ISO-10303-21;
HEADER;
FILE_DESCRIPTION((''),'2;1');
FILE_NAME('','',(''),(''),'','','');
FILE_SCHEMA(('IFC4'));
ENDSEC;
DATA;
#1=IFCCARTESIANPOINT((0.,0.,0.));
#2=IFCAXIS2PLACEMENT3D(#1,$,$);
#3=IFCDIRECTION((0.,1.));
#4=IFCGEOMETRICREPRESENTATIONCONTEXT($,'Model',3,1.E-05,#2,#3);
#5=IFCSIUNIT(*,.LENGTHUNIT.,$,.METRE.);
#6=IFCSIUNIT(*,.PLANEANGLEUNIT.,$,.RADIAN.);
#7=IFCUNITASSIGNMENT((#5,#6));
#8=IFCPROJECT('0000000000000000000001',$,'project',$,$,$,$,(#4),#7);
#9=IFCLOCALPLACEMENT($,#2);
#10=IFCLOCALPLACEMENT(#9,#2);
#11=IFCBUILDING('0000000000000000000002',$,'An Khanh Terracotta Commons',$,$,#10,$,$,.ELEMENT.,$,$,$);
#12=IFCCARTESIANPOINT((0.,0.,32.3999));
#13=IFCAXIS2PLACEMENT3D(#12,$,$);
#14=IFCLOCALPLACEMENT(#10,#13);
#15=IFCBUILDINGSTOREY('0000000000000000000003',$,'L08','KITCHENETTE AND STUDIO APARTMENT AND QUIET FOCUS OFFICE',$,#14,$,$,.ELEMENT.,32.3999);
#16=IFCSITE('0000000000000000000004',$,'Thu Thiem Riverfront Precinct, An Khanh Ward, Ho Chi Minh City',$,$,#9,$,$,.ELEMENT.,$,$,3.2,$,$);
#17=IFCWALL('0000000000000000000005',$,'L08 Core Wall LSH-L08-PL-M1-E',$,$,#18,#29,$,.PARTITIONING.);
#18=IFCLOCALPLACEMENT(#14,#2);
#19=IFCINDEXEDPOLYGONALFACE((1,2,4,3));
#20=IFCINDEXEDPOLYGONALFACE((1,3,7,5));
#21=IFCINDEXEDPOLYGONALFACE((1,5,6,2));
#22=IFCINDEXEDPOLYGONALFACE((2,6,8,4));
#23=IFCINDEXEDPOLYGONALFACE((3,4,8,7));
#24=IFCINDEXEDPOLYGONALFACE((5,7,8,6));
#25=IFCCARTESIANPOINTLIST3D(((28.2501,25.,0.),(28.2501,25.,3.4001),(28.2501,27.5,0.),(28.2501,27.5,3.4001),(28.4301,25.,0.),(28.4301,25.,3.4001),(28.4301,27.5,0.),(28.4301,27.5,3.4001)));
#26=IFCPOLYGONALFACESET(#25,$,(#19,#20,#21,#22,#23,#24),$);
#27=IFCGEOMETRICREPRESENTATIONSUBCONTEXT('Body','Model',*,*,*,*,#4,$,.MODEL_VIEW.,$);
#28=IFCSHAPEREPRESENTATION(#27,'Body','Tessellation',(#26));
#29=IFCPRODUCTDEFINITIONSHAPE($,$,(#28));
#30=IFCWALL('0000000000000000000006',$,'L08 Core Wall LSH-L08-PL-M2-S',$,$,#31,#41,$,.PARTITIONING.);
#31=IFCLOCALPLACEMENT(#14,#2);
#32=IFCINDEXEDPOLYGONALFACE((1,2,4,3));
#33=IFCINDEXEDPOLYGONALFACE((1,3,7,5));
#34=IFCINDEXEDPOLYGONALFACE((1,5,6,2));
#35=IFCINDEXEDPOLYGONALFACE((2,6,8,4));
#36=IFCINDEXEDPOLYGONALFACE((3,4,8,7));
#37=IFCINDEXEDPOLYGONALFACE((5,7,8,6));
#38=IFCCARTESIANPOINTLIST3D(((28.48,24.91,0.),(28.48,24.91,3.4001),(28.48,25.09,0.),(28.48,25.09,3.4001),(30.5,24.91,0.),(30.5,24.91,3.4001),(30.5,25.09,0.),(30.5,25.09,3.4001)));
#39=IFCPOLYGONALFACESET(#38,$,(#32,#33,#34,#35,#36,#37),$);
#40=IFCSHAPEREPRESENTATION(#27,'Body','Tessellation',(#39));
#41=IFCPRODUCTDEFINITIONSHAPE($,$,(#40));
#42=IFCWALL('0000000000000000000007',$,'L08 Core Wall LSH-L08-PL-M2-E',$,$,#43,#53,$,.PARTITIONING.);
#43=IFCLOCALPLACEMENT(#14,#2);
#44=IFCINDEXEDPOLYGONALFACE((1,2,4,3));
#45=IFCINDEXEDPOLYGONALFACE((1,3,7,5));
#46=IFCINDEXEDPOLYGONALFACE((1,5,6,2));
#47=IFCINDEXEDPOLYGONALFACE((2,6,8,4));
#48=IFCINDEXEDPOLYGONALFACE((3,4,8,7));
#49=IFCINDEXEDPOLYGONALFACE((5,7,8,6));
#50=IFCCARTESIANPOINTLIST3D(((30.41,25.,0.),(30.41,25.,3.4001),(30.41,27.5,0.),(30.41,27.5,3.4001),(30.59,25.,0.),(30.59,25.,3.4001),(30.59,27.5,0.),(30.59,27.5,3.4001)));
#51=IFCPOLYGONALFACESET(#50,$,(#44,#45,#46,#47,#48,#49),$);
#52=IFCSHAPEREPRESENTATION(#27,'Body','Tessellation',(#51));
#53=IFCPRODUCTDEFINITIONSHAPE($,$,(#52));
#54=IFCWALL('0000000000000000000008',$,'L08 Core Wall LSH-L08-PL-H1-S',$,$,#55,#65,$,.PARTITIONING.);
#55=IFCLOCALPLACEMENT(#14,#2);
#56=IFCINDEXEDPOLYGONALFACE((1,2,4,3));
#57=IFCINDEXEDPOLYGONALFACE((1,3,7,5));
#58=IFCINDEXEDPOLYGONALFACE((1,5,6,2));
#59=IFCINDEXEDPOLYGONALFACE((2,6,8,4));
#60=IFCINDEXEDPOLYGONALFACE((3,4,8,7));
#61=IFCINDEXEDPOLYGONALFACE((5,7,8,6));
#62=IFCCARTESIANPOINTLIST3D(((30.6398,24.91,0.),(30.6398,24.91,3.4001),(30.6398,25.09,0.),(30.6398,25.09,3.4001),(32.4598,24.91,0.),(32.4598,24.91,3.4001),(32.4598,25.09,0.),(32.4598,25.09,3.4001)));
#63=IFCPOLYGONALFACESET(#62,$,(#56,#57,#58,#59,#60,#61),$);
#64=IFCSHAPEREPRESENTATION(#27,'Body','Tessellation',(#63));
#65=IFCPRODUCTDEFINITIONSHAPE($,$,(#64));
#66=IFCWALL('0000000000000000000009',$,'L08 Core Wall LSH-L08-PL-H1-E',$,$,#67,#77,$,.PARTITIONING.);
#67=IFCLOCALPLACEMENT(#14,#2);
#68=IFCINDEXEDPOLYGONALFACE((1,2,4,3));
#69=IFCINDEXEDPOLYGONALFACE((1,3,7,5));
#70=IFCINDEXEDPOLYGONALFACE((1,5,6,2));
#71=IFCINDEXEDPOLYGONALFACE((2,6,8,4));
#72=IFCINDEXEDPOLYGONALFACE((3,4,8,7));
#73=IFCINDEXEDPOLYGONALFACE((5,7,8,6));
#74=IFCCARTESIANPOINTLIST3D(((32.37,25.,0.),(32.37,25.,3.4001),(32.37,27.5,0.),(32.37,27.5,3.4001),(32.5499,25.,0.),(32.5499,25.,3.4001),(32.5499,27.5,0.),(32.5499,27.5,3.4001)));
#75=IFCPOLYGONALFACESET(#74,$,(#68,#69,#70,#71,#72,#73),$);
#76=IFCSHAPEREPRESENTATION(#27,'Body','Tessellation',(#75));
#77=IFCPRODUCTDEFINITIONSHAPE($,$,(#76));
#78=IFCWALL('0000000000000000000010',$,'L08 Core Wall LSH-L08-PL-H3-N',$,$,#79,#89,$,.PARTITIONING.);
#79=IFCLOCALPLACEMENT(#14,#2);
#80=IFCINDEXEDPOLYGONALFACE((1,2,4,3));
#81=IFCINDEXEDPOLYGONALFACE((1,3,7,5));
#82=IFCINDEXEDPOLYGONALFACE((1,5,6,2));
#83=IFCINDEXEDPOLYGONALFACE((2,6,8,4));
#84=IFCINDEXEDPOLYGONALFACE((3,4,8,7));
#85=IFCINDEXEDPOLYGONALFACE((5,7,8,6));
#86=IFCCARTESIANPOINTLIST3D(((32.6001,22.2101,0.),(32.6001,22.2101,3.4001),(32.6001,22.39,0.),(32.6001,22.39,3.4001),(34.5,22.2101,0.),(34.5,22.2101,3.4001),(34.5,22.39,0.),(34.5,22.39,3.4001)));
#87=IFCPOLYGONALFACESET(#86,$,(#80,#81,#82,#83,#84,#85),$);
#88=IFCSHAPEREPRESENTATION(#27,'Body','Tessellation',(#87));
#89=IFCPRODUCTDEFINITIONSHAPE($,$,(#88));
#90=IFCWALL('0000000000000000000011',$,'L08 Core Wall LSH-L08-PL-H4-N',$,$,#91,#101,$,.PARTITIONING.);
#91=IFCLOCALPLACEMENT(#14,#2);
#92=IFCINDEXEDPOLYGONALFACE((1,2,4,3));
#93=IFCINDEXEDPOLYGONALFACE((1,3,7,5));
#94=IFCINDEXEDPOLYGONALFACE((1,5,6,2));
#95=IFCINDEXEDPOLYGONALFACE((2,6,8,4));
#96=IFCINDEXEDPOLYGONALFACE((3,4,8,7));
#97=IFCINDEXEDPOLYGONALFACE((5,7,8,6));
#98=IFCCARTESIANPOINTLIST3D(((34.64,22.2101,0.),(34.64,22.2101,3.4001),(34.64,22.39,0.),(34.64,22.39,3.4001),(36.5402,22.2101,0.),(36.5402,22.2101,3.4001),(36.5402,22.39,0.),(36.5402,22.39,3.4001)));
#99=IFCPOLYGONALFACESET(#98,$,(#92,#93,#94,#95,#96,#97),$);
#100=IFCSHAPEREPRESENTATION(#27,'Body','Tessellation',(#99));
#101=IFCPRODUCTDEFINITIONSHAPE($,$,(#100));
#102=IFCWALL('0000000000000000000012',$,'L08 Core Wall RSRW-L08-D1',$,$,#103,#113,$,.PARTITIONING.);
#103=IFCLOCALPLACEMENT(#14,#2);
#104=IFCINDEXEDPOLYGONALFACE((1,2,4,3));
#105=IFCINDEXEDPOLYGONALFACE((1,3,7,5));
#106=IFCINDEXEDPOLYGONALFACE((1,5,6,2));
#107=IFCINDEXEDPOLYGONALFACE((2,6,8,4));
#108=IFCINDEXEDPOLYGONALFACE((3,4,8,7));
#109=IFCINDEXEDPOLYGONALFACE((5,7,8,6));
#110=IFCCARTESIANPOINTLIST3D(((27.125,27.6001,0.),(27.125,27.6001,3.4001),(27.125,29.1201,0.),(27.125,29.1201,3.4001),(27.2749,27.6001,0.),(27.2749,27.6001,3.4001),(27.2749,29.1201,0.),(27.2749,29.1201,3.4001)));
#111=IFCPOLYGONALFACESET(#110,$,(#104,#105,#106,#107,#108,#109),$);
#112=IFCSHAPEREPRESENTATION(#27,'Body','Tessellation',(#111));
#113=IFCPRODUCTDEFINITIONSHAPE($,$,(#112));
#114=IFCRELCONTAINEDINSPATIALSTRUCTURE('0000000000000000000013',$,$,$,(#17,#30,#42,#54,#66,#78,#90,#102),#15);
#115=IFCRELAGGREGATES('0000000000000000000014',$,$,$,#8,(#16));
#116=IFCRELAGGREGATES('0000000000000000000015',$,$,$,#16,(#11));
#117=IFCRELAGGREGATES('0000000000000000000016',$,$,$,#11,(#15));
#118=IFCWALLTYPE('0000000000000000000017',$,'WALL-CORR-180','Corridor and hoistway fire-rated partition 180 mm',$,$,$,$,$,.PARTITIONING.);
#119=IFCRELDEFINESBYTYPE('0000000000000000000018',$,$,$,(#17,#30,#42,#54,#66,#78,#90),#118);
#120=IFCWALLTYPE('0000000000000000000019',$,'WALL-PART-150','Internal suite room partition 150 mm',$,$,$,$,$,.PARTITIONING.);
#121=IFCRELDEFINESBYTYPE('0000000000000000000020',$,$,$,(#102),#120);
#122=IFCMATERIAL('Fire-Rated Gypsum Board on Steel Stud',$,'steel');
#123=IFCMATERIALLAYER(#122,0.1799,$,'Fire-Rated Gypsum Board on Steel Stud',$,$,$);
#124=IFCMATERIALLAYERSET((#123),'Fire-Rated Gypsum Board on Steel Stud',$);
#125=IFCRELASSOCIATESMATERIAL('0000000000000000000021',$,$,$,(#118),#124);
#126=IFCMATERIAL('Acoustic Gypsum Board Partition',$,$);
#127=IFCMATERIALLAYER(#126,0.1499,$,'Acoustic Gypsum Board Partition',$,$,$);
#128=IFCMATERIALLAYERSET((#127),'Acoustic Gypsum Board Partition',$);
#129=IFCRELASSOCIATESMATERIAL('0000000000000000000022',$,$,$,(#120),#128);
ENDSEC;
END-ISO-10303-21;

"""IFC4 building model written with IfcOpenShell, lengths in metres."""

from ifc_helpers import new_model, si_unit, direction, frame, frame_2d, origin, place, context, subcontext, project, spatial, rectangle, extrude, material, layer, layer_set, type_object, element, save


model = new_model("IFC4")

# Units and contexts
model_context = context("Model", 3, precision=1e-05, world=origin(), true_north=direction((0.0, 1.0)))
body_context = subcontext(model_context, "Body", "Model", "MODEL_VIEW")
ifc_project = project(units=[si_unit("LENGTHUNIT", "METRE"), si_unit("PLANEANGLEUNIT", "RADIAN")], contexts=[model_context])

# Site, building, storey
site_placement = place(None, origin())
site = spatial("IfcSite", under=ifc_project, at=site_placement, Name="Thu Thiem Riverfront Precinct, An Khanh Ward, Ho Chi Minh City", CompositionType="ELEMENT", RefElevation=3.2)
building_placement = place(site_placement, origin())
building = spatial("IfcBuilding", under=site, at=building_placement, Name="An Khanh Terracotta Commons", CompositionType="ELEMENT")
storey_placement = place(building_placement, frame((0.0, 0.0, 32.3999)))
storey = spatial("IfcBuildingStorey", under=building, at=storey_placement, Name="L08", Description="KITCHENETTE AND STUDIO APARTMENT AND QUIET FOCUS OFFICE", CompositionType="ELEMENT", Elevation=32.3999)

# Shared definitions
ifc_material_1 = material(Name="Fire-Rated Gypsum Board on Steel Stud", Category="steel")
ifc_layer_1 = layer(ifc_material_1, 0.1799, Name="Fire-Rated Gypsum Board on Steel Stud")
ifc_layer_set_1 = layer_set([ifc_layer_1], Name="Fire-Rated Gypsum Board on Steel Stud")
wall_type_1 = type_object("IfcWallType", Name="WALL-CORR-180", Description="Corridor and hoistway fire-rated partition 180 mm", PredefinedType="PARTITIONING", material=ifc_layer_set_1)

# Walls
wall_1_placement = place(storey_placement, frame((28.3401, 25.0, 0.0), z_axis=(0.0, 0.0, 1.0), x_axis=(0.0, 1.0, 0.0)))
element("IfcWall", 1, at=wall_1_placement, inside=storey, type_object=wall_type_1, Name="L08 Core Wall LSH-L08-PL-M1-E", PredefinedType="PARTITIONING", context=body_context, shape_type="SweptSolid", body=[
    extrude(rectangle(XDim=2.5, YDim=0.1799, at=frame_2d((1.25, 0.0))), origin(), (0.0, 0.0, 1.0), 3.4001),
])
wall_2_placement = place(storey_placement, frame((30.5, 25.0, 0.0), z_axis=(0.0, 0.0, 1.0), x_axis=(-1.0, 0.0, 0.0)))
element("IfcWall", 2, at=wall_2_placement, inside=storey, type_object=wall_type_1, Name="L08 Core Wall LSH-L08-PL-M2-S", PredefinedType="PARTITIONING", context=body_context, shape_type="SweptSolid", body=[
    extrude(rectangle(XDim=2.02, YDim=0.1799, at=frame_2d((1.01, 0.0))), origin(), (0.0, 0.0, 1.0), 3.4001),
])
wall_3_placement = place(storey_placement, frame((30.5, 25.0, 0.0), z_axis=(0.0, 0.0, 1.0), x_axis=(0.0, 1.0, 0.0)))
element("IfcWall", 3, at=wall_3_placement, inside=storey, type_object=wall_type_1, Name="L08 Core Wall LSH-L08-PL-M2-E", PredefinedType="PARTITIONING", context=body_context, shape_type="SweptSolid", body=[
    extrude(rectangle(XDim=2.5, YDim=0.1799, at=frame_2d((1.25, 0.0))), origin(), (0.0, 0.0, 1.0), 3.4001),
])
wall_4_placement = place(storey_placement, frame((32.46, 25.0, 0.0), z_axis=(0.0, 0.0, 1.0), x_axis=(-1.0, 0.0, 0.0)))
element("IfcWall", 4, at=wall_4_placement, inside=storey, type_object=wall_type_1, Name="L08 Core Wall LSH-L08-PL-H1-S", PredefinedType="PARTITIONING", context=body_context, shape_type="SweptSolid", body=[
    extrude(rectangle(XDim=1.8201, YDim=0.1799, at=frame_2d((0.9102, 0.0))), origin(), (0.0, 0.0, 1.0), 3.4001),
])
wall_5_placement = place(storey_placement, frame((32.46, 25.0, 0.0), z_axis=(0.0, 0.0, 1.0), x_axis=(0.0, 1.0, 0.0)))
element("IfcWall", 5, at=wall_5_placement, inside=storey, type_object=wall_type_1, Name="L08 Core Wall LSH-L08-PL-H1-E", PredefinedType="PARTITIONING", context=body_context, shape_type="SweptSolid", body=[
    extrude(rectangle(XDim=2.5, YDim=0.1799, at=frame_2d((1.25, 0.0))), origin(), (0.0, 0.0, 1.0), 3.4001),
])
wall_6_placement = place(storey_placement, frame((32.6001, 22.3, 0.0), z_axis=(0.0, 0.0, 1.0), x_axis=(1.0, 0.0, 0.0)))
element("IfcWall", 6, at=wall_6_placement, inside=storey, type_object=wall_type_1, Name="L08 Core Wall LSH-L08-PL-H3-N", PredefinedType="PARTITIONING", context=body_context, shape_type="SweptSolid", body=[
    extrude(rectangle(XDim=1.8999, YDim=0.1799, at=frame_2d((0.95, 0.0))), origin(), (0.0, 0.0, 1.0), 3.4001),
])
wall_7_placement = place(storey_placement, frame((34.6399, 22.3, 0.0), z_axis=(0.0, 0.0, 1.0), x_axis=(1.0, 0.0, 0.0)))
element("IfcWall", 7, at=wall_7_placement, inside=storey, type_object=wall_type_1, Name="L08 Core Wall LSH-L08-PL-H4-N", PredefinedType="PARTITIONING", context=body_context, shape_type="SweptSolid", body=[
    extrude(rectangle(XDim=1.9001, YDim=0.1799, at=frame_2d((0.9502, 0.0))), origin(), (0.0, 0.0, 1.0), 3.4001),
])
ifc_material_2 = material(Name="Acoustic Gypsum Board Partition")
ifc_layer_2 = layer(ifc_material_2, 0.1499, Name="Acoustic Gypsum Board Partition")
ifc_layer_set_2 = layer_set([ifc_layer_2], Name="Acoustic Gypsum Board Partition")
wall_type_2 = type_object("IfcWallType", Name="WALL-PART-150", Description="Internal suite room partition 150 mm", PredefinedType="PARTITIONING", material=ifc_layer_set_2)
wall_8_placement = place(storey_placement, frame((27.2, 27.6001, 0.0), z_axis=(0.0, 0.0, 1.0), x_axis=(0.0, 1.0, 0.0)))
element("IfcWall", 8, at=wall_8_placement, inside=storey, type_object=wall_type_2, Name="L08 Core Wall RSRW-L08-D1", PredefinedType="PARTITIONING", context=body_context, shape_type="SweptSolid", body=[
    extrude(rectangle(XDim=1.52, YDim=0.1499, at=frame_2d((0.76, 0.0))), origin(), (0.0, 0.0, 1.0), 3.4001),
])

save(model, "model.ifc")
